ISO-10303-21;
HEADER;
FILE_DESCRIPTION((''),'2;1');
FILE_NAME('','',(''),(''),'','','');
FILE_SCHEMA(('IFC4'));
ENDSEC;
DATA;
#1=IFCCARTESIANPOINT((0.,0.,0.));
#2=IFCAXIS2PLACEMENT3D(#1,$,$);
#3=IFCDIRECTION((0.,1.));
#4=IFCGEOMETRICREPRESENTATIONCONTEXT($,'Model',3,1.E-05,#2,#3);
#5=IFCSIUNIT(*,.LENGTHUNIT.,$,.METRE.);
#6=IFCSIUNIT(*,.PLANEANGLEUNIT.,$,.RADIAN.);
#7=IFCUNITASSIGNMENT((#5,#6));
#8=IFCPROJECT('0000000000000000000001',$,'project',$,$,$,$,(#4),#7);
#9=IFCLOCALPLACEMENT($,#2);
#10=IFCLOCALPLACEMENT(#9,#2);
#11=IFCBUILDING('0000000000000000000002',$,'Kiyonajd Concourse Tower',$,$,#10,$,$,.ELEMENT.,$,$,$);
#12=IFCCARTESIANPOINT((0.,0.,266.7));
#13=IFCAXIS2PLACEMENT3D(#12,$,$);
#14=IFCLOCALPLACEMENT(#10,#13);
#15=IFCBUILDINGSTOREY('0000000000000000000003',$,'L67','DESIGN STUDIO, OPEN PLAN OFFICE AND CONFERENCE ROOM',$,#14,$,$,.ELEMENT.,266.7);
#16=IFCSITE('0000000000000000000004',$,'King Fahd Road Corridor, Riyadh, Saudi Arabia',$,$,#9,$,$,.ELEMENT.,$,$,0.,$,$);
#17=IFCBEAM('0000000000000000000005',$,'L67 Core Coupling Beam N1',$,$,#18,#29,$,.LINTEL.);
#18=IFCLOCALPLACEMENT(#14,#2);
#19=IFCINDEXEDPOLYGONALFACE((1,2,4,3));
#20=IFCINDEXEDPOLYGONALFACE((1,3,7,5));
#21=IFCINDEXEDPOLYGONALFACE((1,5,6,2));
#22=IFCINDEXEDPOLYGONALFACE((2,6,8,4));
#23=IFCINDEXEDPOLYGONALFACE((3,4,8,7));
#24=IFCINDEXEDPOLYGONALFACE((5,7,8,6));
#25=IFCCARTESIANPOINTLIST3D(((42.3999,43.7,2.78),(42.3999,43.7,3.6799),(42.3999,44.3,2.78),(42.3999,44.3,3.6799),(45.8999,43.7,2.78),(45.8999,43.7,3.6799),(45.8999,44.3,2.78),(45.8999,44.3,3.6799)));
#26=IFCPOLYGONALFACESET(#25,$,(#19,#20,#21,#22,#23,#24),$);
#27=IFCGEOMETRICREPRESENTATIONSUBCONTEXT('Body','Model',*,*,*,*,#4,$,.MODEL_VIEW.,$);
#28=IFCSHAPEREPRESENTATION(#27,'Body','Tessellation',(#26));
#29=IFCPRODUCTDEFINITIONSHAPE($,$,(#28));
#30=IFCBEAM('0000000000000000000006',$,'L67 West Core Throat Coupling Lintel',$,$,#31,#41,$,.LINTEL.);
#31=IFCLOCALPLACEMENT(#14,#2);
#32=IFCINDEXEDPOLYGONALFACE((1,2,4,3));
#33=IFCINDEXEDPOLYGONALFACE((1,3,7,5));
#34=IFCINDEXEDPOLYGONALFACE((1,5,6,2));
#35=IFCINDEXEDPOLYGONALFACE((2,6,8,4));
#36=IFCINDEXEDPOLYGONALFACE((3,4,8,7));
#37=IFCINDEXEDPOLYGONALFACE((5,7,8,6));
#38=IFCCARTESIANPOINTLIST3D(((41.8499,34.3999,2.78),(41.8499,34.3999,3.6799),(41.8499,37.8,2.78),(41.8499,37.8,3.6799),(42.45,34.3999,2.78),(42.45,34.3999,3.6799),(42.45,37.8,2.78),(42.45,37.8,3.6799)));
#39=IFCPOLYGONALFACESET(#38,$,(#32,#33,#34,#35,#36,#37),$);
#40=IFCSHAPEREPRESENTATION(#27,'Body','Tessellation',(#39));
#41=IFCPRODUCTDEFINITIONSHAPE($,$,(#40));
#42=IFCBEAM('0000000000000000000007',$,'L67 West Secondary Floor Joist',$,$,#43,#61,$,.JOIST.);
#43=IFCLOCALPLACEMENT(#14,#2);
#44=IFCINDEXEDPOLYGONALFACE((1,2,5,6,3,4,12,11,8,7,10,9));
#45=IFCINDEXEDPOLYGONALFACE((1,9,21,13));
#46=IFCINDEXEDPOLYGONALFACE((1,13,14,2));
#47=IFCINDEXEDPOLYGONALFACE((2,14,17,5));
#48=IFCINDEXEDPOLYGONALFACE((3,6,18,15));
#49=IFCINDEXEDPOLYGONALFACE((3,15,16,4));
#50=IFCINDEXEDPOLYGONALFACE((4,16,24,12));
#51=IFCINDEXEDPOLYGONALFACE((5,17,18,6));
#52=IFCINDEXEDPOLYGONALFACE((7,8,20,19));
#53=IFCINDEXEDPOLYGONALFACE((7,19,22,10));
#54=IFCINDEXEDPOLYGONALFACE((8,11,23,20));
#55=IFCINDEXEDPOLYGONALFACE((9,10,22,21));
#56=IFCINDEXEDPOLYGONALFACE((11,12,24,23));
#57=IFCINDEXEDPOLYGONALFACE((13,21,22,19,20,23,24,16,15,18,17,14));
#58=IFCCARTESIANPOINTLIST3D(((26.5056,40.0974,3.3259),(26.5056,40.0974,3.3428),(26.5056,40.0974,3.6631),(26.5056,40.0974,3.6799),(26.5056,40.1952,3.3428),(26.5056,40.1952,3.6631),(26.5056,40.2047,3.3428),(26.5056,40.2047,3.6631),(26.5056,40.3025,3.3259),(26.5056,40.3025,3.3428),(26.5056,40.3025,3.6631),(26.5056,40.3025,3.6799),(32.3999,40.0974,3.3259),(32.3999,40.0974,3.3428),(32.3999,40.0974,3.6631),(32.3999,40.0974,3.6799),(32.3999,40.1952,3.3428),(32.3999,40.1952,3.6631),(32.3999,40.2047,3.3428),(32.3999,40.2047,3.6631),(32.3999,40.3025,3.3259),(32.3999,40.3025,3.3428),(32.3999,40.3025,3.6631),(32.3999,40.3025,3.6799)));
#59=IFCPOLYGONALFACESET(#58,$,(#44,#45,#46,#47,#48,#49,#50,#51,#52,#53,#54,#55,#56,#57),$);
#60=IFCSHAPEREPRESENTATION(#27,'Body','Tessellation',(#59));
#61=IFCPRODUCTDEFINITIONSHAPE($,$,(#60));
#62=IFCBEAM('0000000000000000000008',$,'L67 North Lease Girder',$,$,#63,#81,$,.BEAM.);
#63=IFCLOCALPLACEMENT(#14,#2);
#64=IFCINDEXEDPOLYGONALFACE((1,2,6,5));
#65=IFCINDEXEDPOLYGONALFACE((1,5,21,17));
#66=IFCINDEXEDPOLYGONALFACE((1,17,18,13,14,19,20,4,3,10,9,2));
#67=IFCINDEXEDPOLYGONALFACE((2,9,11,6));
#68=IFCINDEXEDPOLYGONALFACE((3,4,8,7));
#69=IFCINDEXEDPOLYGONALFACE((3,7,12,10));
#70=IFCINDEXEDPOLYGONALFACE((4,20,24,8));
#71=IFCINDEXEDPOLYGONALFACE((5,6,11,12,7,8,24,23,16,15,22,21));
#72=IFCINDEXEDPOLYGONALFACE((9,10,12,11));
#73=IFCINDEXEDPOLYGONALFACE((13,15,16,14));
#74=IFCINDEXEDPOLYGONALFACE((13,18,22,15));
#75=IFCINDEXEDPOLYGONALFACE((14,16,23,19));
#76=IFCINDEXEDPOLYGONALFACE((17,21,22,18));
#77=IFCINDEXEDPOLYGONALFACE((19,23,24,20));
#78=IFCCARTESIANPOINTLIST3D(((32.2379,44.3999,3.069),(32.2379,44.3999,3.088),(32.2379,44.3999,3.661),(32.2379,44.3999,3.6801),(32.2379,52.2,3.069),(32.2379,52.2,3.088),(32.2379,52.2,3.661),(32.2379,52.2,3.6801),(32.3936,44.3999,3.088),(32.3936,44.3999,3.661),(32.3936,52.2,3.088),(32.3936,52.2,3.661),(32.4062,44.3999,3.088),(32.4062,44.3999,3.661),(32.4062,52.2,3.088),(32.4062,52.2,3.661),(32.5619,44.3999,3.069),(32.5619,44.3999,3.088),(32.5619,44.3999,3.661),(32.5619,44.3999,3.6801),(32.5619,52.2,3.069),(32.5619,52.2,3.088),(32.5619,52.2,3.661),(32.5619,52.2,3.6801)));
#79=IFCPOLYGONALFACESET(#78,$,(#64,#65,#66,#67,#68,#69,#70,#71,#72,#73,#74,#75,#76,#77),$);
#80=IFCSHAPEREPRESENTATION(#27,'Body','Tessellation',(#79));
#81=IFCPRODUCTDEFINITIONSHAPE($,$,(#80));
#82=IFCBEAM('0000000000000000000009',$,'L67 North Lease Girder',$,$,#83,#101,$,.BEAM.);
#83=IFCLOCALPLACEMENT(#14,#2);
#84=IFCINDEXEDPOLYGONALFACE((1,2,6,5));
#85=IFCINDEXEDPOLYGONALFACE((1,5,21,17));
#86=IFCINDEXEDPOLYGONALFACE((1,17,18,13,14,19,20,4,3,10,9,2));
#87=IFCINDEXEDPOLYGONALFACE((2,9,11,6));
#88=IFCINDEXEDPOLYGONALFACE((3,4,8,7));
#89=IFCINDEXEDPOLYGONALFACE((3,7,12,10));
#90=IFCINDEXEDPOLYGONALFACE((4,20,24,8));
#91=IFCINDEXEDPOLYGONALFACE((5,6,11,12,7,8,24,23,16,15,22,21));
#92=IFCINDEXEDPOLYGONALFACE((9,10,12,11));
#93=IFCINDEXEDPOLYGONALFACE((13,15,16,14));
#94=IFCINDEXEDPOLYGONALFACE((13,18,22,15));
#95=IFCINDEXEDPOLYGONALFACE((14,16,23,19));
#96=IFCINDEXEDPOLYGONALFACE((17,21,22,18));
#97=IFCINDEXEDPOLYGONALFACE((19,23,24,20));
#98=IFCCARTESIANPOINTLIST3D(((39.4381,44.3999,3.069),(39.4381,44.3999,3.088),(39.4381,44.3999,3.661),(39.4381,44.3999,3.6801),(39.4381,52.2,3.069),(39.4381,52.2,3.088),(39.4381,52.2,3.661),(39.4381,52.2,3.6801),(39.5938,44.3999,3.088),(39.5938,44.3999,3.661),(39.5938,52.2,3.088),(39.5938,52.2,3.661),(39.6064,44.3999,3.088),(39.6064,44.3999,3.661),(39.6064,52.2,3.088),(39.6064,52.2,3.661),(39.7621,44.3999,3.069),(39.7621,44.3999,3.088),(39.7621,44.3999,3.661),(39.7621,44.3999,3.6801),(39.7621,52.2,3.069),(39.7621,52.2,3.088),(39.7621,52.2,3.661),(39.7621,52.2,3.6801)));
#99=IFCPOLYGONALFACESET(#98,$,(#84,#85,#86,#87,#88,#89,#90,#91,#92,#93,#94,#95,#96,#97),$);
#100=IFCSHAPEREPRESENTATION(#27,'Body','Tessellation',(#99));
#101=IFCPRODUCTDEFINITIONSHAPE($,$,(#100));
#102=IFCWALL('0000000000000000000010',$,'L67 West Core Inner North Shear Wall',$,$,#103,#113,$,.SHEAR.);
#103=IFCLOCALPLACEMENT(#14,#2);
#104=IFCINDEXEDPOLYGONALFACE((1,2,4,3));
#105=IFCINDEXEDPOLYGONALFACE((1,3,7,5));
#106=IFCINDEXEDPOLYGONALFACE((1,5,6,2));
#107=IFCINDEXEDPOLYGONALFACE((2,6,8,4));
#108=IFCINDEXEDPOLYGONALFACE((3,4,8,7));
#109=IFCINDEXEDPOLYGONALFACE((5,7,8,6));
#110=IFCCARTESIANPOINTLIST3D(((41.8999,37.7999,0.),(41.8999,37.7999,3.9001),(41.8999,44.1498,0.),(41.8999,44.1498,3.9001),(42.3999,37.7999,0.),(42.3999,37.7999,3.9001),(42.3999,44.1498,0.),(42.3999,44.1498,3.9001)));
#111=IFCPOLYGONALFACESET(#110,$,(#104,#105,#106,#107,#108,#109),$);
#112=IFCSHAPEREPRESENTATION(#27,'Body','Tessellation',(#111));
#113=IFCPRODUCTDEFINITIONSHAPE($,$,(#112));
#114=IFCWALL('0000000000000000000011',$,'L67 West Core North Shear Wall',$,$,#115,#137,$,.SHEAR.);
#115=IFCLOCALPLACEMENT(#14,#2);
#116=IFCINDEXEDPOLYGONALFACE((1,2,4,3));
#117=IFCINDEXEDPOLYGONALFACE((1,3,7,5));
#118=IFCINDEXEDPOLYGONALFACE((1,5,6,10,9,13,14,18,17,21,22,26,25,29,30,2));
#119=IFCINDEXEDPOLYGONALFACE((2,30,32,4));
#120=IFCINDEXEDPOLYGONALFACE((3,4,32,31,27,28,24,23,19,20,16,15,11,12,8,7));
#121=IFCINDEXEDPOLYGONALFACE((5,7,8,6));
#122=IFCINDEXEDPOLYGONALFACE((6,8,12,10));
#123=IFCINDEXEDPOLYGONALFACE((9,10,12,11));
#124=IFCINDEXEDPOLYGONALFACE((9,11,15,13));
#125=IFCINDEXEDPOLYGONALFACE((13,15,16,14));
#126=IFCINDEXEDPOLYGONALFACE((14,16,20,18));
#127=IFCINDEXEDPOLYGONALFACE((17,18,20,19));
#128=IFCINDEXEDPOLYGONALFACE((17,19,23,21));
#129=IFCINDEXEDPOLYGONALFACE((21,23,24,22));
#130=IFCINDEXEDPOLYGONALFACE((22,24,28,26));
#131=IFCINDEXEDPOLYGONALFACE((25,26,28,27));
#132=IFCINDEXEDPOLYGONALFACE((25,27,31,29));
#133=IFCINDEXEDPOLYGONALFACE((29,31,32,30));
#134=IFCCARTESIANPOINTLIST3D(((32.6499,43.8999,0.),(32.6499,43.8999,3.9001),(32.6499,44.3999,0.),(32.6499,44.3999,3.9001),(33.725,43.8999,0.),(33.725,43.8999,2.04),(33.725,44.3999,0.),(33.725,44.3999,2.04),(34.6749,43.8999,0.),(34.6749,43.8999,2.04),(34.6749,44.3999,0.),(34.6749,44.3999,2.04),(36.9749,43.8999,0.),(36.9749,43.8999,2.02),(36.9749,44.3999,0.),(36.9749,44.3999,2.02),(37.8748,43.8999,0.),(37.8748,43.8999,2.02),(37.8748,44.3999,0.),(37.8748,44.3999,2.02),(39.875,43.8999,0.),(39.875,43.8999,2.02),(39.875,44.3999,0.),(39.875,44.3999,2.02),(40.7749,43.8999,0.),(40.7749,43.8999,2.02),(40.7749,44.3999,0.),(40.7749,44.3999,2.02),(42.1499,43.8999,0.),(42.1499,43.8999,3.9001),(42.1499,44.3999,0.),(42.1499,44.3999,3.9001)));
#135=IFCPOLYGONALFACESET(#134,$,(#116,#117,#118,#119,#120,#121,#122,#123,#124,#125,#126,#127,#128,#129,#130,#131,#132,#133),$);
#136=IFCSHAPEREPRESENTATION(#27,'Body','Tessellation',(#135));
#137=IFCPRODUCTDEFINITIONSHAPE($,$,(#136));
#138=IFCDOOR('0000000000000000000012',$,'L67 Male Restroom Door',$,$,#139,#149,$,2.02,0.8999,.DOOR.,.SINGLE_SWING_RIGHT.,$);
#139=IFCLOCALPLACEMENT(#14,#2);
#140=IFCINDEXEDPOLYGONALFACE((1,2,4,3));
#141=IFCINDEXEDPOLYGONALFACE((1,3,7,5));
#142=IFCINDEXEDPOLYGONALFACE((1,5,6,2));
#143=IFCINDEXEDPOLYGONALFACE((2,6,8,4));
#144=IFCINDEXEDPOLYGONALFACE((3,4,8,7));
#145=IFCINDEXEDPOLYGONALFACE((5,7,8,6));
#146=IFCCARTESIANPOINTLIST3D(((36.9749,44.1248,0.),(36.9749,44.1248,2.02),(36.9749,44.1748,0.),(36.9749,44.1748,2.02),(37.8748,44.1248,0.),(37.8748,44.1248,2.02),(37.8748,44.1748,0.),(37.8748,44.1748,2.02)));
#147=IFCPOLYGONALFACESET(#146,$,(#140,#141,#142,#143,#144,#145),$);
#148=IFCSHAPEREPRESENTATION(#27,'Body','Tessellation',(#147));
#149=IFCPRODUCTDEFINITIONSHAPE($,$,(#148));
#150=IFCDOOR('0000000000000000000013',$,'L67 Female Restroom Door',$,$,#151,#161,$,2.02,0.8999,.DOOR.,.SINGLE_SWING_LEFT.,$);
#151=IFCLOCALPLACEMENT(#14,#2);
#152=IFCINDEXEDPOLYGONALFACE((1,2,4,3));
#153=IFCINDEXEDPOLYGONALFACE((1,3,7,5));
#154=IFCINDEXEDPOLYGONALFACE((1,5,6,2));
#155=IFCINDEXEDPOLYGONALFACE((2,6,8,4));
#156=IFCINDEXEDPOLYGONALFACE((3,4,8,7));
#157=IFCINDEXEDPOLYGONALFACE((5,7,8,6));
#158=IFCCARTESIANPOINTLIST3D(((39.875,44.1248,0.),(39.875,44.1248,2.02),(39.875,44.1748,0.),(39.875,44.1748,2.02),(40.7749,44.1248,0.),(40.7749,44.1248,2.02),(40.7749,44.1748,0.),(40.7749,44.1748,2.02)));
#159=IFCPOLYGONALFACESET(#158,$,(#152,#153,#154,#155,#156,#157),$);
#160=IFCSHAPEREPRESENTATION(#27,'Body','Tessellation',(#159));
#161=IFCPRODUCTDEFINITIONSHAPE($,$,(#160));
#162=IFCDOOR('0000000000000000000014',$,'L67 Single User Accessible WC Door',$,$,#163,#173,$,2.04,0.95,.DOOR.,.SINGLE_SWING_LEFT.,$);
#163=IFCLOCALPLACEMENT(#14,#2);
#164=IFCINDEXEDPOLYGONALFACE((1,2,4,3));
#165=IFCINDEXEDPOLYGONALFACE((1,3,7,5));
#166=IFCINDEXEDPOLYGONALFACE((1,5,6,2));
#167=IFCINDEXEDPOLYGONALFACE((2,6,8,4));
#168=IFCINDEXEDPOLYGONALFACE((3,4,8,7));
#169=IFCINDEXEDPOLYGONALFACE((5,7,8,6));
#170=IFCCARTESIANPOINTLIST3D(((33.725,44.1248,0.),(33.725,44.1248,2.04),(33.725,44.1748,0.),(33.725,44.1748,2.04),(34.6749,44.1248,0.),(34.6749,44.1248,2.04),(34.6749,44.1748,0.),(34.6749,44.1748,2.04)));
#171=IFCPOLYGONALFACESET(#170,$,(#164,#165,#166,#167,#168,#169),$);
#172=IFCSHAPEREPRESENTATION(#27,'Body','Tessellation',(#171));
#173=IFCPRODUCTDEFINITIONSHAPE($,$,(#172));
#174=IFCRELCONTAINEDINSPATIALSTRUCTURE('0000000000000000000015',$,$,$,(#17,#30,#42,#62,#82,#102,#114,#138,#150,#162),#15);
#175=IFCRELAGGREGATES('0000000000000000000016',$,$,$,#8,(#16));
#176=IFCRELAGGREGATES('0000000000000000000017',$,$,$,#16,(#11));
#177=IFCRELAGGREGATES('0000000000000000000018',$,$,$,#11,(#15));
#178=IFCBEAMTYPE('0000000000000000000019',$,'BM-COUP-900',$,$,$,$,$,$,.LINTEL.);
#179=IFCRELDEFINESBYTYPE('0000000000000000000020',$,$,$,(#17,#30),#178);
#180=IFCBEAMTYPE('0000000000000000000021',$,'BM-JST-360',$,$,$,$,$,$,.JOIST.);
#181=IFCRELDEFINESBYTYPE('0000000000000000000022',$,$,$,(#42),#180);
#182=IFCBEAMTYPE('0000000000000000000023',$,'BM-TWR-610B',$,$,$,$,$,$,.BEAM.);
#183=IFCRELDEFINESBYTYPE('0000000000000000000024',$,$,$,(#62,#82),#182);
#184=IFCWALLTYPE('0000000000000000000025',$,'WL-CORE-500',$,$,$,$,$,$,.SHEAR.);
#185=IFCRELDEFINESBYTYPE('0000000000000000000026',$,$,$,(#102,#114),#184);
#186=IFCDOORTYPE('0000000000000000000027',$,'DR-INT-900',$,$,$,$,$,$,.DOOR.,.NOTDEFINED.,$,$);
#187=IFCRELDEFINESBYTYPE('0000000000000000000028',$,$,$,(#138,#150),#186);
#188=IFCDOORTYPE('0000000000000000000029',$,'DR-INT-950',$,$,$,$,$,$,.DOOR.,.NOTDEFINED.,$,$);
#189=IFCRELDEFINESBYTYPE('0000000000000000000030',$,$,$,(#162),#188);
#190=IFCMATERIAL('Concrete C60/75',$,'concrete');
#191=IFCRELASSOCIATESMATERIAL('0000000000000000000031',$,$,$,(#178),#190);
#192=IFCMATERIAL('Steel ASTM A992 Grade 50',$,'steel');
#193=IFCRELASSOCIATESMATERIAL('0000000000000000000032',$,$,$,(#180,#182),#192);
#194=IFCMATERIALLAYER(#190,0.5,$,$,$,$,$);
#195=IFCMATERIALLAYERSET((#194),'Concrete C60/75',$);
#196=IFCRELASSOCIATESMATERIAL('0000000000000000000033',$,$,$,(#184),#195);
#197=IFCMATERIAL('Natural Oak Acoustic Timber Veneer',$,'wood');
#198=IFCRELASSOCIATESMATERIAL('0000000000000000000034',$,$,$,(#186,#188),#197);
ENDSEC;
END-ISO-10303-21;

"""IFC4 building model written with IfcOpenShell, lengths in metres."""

from ifc_helpers import new_model, si_unit, direction, frame, frame_2d, origin, origin_2d, place, context, subcontext, project, spatial, rectangle, i_section, extrude, material, layer, layer_set, material_profile, profile_set, type_object, element, fill, save


model = new_model("IFC4")

# Units and contexts
model_context = context("Model", 3, precision=1e-05, world=origin(), true_north=direction((0.0, 1.0)))
body_context = subcontext(model_context, "Body", "Model", "MODEL_VIEW")
ifc_project = project(units=[si_unit("LENGTHUNIT", "METRE"), si_unit("PLANEANGLEUNIT", "RADIAN")], contexts=[model_context])

# Site, building, storey
site_placement = place(None, origin())
site = spatial("IfcSite", under=ifc_project, at=site_placement, Name="King Fahd Road Corridor, Riyadh, Saudi Arabia", CompositionType="ELEMENT", RefElevation=0.0)
building_placement = place(site_placement, origin())
building = spatial("IfcBuilding", under=site, at=building_placement, Name="Kiyonajd Concourse Tower", CompositionType="ELEMENT")
storey_placement = place(building_placement, frame((0.0, 0.0, 266.7)))
storey = spatial("IfcBuildingStorey", under=building, at=storey_placement, Name="L67", Description="DESIGN STUDIO, OPEN PLAN OFFICE AND CONFERENCE ROOM", CompositionType="ELEMENT", Elevation=266.7)

# Beams
ifc_material_1 = material(Name="Concrete C60/75", Category="concrete")
ifc_material_profile_1 = material_profile(ifc_material_1, rectangle(XDim=0.6001, YDim=0.8999, at=origin_2d()), Name="RCBM-600x900")
ifc_profile_set_1 = profile_set([ifc_material_profile_1], Name="Concrete C60/75")
beam_type_1 = type_object("IfcBeamType", Name="BM-COUP-900", PredefinedType="LINTEL", material=ifc_profile_set_1)
beam_1_placement = place(storey_placement, frame((42.3999, 44.0, 3.23), z_axis=(1.0, 0.0, 0.0), x_axis=(0.0, 1.0, 0.0)))
element("IfcBeam", 1, at=beam_1_placement, inside=storey, type_object=beam_type_1, Name="L67 Core Coupling Beam N1", PredefinedType="LINTEL", context=body_context, shape_type="SweptSolid", body=[
    extrude(rectangle(XDim=0.6001, YDim=0.8999, at=origin_2d()), origin(), (0.0, 0.0, 1.0), 3.5),
])
beam_2_placement = place(storey_placement, frame((42.1499, 34.3999, 3.23), z_axis=(0.0, 1.0, 0.0), x_axis=(-1.0, 0.0, 0.0)))
element("IfcBeam", 2, at=beam_2_placement, inside=storey, type_object=beam_type_1, Name="L67 West Core Throat Coupling Lintel", PredefinedType="LINTEL", context=body_context, shape_type="SweptSolid", body=[
    extrude(rectangle(XDim=0.6001, YDim=0.8999, at=origin_2d()), origin(), (0.0, 0.0, 1.0), 3.4001),
])
ifc_material_2 = material(Name="Steel ASTM A992 Grade 50", Category="steel")
ifc_material_profile_2 = material_profile(ifc_material_2, i_section(OverallWidth=0.2051, OverallDepth=0.354, WebThickness=0.0095, FlangeThickness=0.0168, at=origin_2d()), Name="W360X79")
ifc_profile_set_2 = profile_set([ifc_material_profile_2], Name="Steel ASTM A992 Grade 50")
beam_type_2 = type_object("IfcBeamType", Name="BM-JST-360", PredefinedType="JOIST", material=ifc_profile_set_2)
beam_3_placement = place(storey_placement, frame((26.5056, 40.2, 3.5029), z_axis=(1.0, 0.0, 0.0), x_axis=(0.0, 1.0, 0.0)))
element("IfcBeam", 3, at=beam_3_placement, inside=storey, type_object=beam_type_2, Name="L67 West Secondary Floor Joist", PredefinedType="JOIST", context=body_context, shape_type="SweptSolid", body=[
    extrude(i_section(OverallWidth=0.2051, OverallDepth=0.354, WebThickness=0.0095, FlangeThickness=0.0168, at=origin_2d()), origin(), (0.0, 0.0, 1.0), 5.8943),
])
ifc_material_profile_3 = material_profile(ifc_material_2, i_section(OverallWidth=0.324, OverallDepth=0.6111, WebThickness=0.0127, FlangeThickness=0.019, at=origin_2d()), Name="W610X155")
ifc_profile_set_3 = profile_set([ifc_material_profile_3], Name="Steel ASTM A992 Grade 50")
beam_type_3 = type_object("IfcBeamType", Name="BM-TWR-610B", PredefinedType="BEAM", material=ifc_profile_set_3)
for number, where, z_axis, x_axis, name in (
    (4, (32.3999, 44.3999, 3.3745), (0.0, 1.0, 0.0), (-1.0, 0.0, 0.0), "L67 North Lease Girder"),
    (5, (39.6001, 44.3999, 3.3745), (0.0, 1.0, 0.0), (-1.0, 0.0, 0.0), "L67 North Lease Girder"),
):
    element("IfcBeam", number, at=place(storey_placement, frame(where, z_axis=z_axis, x_axis=x_axis)), inside=storey, type_object=beam_type_3, Name=name, PredefinedType="BEAM", context=body_context, shape_type="SweptSolid", body=[
        extrude(i_section(OverallWidth=0.324, OverallDepth=0.6111, WebThickness=0.0127, FlangeThickness=0.019, at=origin_2d()), origin(), (0.0, 0.0, 1.0), 7.8),
    ])

# Wall
ifc_layer_1 = layer(ifc_material_1, 0.5)
ifc_layer_set_1 = layer_set([ifc_layer_1], Name="Concrete C60/75")
wall_type_1 = type_object("IfcWallType", Name="WL-CORE-500", PredefinedType="SHEAR", material=ifc_layer_set_1)
wall_1_placement = place(storey_placement, frame((42.1499, 37.8, 0.0), z_axis=(0.0, 0.0, 1.0), x_axis=(0.0, 1.0, 0.0)))
element("IfcWall", 6, at=wall_1_placement, inside=storey, type_object=wall_type_1, Name="L67 West Core Inner North Shear Wall", PredefinedType="SHEAR", context=body_context, shape_type="SweptSolid", body=[
    extrude(rectangle(XDim=6.3499, YDim=0.5, at=frame_2d((3.1748, 0.0))), origin(), (0.0, 0.0, 1.0), 3.9001),
])

# Wall, openings, doors
wall_2_placement = place(storey_placement, frame((32.6499, 44.1499, 0.0), z_axis=(0.0, 0.0, 1.0), x_axis=(1.0, 0.0, 0.0)))
wall_2 = element("IfcWall", 7, at=wall_2_placement, inside=storey, type_object=wall_type_1, Name="L67 West Core North Shear Wall", PredefinedType="SHEAR", context=body_context, shape_type="SweptSolid", body=[
    extrude(rectangle(XDim=9.5, YDim=0.5, at=frame_2d((4.75, 0.0))), origin(), (0.0, 0.0, 1.0), 3.9001),
])
opening_1_placement = place(wall_2_placement, frame((1.075, 0.0, 0.0)))
opening_1 = element("IfcOpeningElement", 8, at=opening_1_placement, cuts=wall_2, PredefinedType="OPENING", context=body_context, shape_type="SweptSolid", body=[
    extrude(rectangle(XDim=0.95, YDim=2.04, at=frame_2d((0.4751, 1.02))), frame((0.0, 0.26, 0.0), z_axis=(0.0, -1.0, 0.0), x_axis=(1.0, 0.0, 0.0)), (0.0, 0.0, 1.0), 0.52),
])
opening_2_placement = place(wall_2_placement, frame((4.325, 0.0, 0.0)))
opening_2 = element("IfcOpeningElement", 9, at=opening_2_placement, cuts=wall_2, PredefinedType="OPENING", context=body_context, shape_type="SweptSolid", body=[
    extrude(rectangle(XDim=0.8999, YDim=2.02, at=frame_2d((0.45, 1.01))), frame((0.0, 0.26, 0.0), z_axis=(0.0, -1.0, 0.0), x_axis=(1.0, 0.0, 0.0)), (0.0, 0.0, 1.0), 0.52),
])
opening_3_placement = place(wall_2_placement, frame((7.2251, 0.0, 0.0)))
opening_3 = element("IfcOpeningElement", 10, at=opening_3_placement, cuts=wall_2, PredefinedType="OPENING", context=body_context, shape_type="SweptSolid", body=[
    extrude(rectangle(XDim=0.8999, YDim=2.02, at=frame_2d((0.45, 1.01))), frame((0.0, 0.26, 0.0), z_axis=(0.0, -1.0, 0.0), x_axis=(1.0, 0.0, 0.0)), (0.0, 0.0, 1.0), 0.52),
])
ifc_material_3 = material(Name="Natural Oak Acoustic Timber Veneer", Category="wood")
door_type_1 = type_object("IfcDoorType", Name="DR-INT-900", OperationType="NOTDEFINED", PredefinedType="DOOR", material=ifc_material_3)
door_1_placement = place(opening_2_placement, origin())
door_1 = element("IfcDoor", 11, at=door_1_placement, inside=storey, type_object=door_type_1, Name="L67 Male Restroom Door", OperationType="SINGLE_SWING_RIGHT", OverallHeight=2.02, OverallWidth=0.8999, PredefinedType="DOOR", context=body_context, shape_type="SweptSolid", body=[
    extrude(rectangle(XDim=0.8999, YDim=2.02, at=frame_2d((0.45, 1.01))), frame((0.0, 0.0249, 0.0), z_axis=(0.0, -1.0, 0.0), x_axis=(1.0, 0.0, 0.0)), (0.0, 0.0, 1.0), 0.05),
])
fill(opening_2, door_1)
door_2_placement = place(opening_3_placement, origin())
door_2 = element("IfcDoor", 12, at=door_2_placement, inside=storey, type_object=door_type_1, Name="L67 Female Restroom Door", OperationType="SINGLE_SWING_LEFT", OverallHeight=2.02, OverallWidth=0.8999, PredefinedType="DOOR", context=body_context, shape_type="SweptSolid", body=[
    extrude(rectangle(XDim=0.8999, YDim=2.02, at=frame_2d((0.45, 1.01))), frame((0.0, 0.0249, 0.0), z_axis=(0.0, -1.0, 0.0), x_axis=(1.0, 0.0, 0.0)), (0.0, 0.0, 1.0), 0.05),
])
fill(opening_3, door_2)
door_type_2 = type_object("IfcDoorType", Name="DR-INT-950", OperationType="NOTDEFINED", PredefinedType="DOOR", material=ifc_material_3)
door_3_placement = place(opening_1_placement, origin())
door_3 = element("IfcDoor", 13, at=door_3_placement, inside=storey, type_object=door_type_2, Name="L67 Single User Accessible WC Door", OperationType="SINGLE_SWING_LEFT", OverallHeight=2.04, OverallWidth=0.95, PredefinedType="DOOR", context=body_context, shape_type="SweptSolid", body=[
    extrude(rectangle(XDim=0.95, YDim=2.04, at=frame_2d((0.4751, 1.02))), frame((0.0, 0.0249, 0.0), z_axis=(0.0, -1.0, 0.0), x_axis=(1.0, 0.0, 0.0)), (0.0, 0.0, 1.0), 0.05),
])
fill(opening_1, door_3)

save(model, "model.ifc")
